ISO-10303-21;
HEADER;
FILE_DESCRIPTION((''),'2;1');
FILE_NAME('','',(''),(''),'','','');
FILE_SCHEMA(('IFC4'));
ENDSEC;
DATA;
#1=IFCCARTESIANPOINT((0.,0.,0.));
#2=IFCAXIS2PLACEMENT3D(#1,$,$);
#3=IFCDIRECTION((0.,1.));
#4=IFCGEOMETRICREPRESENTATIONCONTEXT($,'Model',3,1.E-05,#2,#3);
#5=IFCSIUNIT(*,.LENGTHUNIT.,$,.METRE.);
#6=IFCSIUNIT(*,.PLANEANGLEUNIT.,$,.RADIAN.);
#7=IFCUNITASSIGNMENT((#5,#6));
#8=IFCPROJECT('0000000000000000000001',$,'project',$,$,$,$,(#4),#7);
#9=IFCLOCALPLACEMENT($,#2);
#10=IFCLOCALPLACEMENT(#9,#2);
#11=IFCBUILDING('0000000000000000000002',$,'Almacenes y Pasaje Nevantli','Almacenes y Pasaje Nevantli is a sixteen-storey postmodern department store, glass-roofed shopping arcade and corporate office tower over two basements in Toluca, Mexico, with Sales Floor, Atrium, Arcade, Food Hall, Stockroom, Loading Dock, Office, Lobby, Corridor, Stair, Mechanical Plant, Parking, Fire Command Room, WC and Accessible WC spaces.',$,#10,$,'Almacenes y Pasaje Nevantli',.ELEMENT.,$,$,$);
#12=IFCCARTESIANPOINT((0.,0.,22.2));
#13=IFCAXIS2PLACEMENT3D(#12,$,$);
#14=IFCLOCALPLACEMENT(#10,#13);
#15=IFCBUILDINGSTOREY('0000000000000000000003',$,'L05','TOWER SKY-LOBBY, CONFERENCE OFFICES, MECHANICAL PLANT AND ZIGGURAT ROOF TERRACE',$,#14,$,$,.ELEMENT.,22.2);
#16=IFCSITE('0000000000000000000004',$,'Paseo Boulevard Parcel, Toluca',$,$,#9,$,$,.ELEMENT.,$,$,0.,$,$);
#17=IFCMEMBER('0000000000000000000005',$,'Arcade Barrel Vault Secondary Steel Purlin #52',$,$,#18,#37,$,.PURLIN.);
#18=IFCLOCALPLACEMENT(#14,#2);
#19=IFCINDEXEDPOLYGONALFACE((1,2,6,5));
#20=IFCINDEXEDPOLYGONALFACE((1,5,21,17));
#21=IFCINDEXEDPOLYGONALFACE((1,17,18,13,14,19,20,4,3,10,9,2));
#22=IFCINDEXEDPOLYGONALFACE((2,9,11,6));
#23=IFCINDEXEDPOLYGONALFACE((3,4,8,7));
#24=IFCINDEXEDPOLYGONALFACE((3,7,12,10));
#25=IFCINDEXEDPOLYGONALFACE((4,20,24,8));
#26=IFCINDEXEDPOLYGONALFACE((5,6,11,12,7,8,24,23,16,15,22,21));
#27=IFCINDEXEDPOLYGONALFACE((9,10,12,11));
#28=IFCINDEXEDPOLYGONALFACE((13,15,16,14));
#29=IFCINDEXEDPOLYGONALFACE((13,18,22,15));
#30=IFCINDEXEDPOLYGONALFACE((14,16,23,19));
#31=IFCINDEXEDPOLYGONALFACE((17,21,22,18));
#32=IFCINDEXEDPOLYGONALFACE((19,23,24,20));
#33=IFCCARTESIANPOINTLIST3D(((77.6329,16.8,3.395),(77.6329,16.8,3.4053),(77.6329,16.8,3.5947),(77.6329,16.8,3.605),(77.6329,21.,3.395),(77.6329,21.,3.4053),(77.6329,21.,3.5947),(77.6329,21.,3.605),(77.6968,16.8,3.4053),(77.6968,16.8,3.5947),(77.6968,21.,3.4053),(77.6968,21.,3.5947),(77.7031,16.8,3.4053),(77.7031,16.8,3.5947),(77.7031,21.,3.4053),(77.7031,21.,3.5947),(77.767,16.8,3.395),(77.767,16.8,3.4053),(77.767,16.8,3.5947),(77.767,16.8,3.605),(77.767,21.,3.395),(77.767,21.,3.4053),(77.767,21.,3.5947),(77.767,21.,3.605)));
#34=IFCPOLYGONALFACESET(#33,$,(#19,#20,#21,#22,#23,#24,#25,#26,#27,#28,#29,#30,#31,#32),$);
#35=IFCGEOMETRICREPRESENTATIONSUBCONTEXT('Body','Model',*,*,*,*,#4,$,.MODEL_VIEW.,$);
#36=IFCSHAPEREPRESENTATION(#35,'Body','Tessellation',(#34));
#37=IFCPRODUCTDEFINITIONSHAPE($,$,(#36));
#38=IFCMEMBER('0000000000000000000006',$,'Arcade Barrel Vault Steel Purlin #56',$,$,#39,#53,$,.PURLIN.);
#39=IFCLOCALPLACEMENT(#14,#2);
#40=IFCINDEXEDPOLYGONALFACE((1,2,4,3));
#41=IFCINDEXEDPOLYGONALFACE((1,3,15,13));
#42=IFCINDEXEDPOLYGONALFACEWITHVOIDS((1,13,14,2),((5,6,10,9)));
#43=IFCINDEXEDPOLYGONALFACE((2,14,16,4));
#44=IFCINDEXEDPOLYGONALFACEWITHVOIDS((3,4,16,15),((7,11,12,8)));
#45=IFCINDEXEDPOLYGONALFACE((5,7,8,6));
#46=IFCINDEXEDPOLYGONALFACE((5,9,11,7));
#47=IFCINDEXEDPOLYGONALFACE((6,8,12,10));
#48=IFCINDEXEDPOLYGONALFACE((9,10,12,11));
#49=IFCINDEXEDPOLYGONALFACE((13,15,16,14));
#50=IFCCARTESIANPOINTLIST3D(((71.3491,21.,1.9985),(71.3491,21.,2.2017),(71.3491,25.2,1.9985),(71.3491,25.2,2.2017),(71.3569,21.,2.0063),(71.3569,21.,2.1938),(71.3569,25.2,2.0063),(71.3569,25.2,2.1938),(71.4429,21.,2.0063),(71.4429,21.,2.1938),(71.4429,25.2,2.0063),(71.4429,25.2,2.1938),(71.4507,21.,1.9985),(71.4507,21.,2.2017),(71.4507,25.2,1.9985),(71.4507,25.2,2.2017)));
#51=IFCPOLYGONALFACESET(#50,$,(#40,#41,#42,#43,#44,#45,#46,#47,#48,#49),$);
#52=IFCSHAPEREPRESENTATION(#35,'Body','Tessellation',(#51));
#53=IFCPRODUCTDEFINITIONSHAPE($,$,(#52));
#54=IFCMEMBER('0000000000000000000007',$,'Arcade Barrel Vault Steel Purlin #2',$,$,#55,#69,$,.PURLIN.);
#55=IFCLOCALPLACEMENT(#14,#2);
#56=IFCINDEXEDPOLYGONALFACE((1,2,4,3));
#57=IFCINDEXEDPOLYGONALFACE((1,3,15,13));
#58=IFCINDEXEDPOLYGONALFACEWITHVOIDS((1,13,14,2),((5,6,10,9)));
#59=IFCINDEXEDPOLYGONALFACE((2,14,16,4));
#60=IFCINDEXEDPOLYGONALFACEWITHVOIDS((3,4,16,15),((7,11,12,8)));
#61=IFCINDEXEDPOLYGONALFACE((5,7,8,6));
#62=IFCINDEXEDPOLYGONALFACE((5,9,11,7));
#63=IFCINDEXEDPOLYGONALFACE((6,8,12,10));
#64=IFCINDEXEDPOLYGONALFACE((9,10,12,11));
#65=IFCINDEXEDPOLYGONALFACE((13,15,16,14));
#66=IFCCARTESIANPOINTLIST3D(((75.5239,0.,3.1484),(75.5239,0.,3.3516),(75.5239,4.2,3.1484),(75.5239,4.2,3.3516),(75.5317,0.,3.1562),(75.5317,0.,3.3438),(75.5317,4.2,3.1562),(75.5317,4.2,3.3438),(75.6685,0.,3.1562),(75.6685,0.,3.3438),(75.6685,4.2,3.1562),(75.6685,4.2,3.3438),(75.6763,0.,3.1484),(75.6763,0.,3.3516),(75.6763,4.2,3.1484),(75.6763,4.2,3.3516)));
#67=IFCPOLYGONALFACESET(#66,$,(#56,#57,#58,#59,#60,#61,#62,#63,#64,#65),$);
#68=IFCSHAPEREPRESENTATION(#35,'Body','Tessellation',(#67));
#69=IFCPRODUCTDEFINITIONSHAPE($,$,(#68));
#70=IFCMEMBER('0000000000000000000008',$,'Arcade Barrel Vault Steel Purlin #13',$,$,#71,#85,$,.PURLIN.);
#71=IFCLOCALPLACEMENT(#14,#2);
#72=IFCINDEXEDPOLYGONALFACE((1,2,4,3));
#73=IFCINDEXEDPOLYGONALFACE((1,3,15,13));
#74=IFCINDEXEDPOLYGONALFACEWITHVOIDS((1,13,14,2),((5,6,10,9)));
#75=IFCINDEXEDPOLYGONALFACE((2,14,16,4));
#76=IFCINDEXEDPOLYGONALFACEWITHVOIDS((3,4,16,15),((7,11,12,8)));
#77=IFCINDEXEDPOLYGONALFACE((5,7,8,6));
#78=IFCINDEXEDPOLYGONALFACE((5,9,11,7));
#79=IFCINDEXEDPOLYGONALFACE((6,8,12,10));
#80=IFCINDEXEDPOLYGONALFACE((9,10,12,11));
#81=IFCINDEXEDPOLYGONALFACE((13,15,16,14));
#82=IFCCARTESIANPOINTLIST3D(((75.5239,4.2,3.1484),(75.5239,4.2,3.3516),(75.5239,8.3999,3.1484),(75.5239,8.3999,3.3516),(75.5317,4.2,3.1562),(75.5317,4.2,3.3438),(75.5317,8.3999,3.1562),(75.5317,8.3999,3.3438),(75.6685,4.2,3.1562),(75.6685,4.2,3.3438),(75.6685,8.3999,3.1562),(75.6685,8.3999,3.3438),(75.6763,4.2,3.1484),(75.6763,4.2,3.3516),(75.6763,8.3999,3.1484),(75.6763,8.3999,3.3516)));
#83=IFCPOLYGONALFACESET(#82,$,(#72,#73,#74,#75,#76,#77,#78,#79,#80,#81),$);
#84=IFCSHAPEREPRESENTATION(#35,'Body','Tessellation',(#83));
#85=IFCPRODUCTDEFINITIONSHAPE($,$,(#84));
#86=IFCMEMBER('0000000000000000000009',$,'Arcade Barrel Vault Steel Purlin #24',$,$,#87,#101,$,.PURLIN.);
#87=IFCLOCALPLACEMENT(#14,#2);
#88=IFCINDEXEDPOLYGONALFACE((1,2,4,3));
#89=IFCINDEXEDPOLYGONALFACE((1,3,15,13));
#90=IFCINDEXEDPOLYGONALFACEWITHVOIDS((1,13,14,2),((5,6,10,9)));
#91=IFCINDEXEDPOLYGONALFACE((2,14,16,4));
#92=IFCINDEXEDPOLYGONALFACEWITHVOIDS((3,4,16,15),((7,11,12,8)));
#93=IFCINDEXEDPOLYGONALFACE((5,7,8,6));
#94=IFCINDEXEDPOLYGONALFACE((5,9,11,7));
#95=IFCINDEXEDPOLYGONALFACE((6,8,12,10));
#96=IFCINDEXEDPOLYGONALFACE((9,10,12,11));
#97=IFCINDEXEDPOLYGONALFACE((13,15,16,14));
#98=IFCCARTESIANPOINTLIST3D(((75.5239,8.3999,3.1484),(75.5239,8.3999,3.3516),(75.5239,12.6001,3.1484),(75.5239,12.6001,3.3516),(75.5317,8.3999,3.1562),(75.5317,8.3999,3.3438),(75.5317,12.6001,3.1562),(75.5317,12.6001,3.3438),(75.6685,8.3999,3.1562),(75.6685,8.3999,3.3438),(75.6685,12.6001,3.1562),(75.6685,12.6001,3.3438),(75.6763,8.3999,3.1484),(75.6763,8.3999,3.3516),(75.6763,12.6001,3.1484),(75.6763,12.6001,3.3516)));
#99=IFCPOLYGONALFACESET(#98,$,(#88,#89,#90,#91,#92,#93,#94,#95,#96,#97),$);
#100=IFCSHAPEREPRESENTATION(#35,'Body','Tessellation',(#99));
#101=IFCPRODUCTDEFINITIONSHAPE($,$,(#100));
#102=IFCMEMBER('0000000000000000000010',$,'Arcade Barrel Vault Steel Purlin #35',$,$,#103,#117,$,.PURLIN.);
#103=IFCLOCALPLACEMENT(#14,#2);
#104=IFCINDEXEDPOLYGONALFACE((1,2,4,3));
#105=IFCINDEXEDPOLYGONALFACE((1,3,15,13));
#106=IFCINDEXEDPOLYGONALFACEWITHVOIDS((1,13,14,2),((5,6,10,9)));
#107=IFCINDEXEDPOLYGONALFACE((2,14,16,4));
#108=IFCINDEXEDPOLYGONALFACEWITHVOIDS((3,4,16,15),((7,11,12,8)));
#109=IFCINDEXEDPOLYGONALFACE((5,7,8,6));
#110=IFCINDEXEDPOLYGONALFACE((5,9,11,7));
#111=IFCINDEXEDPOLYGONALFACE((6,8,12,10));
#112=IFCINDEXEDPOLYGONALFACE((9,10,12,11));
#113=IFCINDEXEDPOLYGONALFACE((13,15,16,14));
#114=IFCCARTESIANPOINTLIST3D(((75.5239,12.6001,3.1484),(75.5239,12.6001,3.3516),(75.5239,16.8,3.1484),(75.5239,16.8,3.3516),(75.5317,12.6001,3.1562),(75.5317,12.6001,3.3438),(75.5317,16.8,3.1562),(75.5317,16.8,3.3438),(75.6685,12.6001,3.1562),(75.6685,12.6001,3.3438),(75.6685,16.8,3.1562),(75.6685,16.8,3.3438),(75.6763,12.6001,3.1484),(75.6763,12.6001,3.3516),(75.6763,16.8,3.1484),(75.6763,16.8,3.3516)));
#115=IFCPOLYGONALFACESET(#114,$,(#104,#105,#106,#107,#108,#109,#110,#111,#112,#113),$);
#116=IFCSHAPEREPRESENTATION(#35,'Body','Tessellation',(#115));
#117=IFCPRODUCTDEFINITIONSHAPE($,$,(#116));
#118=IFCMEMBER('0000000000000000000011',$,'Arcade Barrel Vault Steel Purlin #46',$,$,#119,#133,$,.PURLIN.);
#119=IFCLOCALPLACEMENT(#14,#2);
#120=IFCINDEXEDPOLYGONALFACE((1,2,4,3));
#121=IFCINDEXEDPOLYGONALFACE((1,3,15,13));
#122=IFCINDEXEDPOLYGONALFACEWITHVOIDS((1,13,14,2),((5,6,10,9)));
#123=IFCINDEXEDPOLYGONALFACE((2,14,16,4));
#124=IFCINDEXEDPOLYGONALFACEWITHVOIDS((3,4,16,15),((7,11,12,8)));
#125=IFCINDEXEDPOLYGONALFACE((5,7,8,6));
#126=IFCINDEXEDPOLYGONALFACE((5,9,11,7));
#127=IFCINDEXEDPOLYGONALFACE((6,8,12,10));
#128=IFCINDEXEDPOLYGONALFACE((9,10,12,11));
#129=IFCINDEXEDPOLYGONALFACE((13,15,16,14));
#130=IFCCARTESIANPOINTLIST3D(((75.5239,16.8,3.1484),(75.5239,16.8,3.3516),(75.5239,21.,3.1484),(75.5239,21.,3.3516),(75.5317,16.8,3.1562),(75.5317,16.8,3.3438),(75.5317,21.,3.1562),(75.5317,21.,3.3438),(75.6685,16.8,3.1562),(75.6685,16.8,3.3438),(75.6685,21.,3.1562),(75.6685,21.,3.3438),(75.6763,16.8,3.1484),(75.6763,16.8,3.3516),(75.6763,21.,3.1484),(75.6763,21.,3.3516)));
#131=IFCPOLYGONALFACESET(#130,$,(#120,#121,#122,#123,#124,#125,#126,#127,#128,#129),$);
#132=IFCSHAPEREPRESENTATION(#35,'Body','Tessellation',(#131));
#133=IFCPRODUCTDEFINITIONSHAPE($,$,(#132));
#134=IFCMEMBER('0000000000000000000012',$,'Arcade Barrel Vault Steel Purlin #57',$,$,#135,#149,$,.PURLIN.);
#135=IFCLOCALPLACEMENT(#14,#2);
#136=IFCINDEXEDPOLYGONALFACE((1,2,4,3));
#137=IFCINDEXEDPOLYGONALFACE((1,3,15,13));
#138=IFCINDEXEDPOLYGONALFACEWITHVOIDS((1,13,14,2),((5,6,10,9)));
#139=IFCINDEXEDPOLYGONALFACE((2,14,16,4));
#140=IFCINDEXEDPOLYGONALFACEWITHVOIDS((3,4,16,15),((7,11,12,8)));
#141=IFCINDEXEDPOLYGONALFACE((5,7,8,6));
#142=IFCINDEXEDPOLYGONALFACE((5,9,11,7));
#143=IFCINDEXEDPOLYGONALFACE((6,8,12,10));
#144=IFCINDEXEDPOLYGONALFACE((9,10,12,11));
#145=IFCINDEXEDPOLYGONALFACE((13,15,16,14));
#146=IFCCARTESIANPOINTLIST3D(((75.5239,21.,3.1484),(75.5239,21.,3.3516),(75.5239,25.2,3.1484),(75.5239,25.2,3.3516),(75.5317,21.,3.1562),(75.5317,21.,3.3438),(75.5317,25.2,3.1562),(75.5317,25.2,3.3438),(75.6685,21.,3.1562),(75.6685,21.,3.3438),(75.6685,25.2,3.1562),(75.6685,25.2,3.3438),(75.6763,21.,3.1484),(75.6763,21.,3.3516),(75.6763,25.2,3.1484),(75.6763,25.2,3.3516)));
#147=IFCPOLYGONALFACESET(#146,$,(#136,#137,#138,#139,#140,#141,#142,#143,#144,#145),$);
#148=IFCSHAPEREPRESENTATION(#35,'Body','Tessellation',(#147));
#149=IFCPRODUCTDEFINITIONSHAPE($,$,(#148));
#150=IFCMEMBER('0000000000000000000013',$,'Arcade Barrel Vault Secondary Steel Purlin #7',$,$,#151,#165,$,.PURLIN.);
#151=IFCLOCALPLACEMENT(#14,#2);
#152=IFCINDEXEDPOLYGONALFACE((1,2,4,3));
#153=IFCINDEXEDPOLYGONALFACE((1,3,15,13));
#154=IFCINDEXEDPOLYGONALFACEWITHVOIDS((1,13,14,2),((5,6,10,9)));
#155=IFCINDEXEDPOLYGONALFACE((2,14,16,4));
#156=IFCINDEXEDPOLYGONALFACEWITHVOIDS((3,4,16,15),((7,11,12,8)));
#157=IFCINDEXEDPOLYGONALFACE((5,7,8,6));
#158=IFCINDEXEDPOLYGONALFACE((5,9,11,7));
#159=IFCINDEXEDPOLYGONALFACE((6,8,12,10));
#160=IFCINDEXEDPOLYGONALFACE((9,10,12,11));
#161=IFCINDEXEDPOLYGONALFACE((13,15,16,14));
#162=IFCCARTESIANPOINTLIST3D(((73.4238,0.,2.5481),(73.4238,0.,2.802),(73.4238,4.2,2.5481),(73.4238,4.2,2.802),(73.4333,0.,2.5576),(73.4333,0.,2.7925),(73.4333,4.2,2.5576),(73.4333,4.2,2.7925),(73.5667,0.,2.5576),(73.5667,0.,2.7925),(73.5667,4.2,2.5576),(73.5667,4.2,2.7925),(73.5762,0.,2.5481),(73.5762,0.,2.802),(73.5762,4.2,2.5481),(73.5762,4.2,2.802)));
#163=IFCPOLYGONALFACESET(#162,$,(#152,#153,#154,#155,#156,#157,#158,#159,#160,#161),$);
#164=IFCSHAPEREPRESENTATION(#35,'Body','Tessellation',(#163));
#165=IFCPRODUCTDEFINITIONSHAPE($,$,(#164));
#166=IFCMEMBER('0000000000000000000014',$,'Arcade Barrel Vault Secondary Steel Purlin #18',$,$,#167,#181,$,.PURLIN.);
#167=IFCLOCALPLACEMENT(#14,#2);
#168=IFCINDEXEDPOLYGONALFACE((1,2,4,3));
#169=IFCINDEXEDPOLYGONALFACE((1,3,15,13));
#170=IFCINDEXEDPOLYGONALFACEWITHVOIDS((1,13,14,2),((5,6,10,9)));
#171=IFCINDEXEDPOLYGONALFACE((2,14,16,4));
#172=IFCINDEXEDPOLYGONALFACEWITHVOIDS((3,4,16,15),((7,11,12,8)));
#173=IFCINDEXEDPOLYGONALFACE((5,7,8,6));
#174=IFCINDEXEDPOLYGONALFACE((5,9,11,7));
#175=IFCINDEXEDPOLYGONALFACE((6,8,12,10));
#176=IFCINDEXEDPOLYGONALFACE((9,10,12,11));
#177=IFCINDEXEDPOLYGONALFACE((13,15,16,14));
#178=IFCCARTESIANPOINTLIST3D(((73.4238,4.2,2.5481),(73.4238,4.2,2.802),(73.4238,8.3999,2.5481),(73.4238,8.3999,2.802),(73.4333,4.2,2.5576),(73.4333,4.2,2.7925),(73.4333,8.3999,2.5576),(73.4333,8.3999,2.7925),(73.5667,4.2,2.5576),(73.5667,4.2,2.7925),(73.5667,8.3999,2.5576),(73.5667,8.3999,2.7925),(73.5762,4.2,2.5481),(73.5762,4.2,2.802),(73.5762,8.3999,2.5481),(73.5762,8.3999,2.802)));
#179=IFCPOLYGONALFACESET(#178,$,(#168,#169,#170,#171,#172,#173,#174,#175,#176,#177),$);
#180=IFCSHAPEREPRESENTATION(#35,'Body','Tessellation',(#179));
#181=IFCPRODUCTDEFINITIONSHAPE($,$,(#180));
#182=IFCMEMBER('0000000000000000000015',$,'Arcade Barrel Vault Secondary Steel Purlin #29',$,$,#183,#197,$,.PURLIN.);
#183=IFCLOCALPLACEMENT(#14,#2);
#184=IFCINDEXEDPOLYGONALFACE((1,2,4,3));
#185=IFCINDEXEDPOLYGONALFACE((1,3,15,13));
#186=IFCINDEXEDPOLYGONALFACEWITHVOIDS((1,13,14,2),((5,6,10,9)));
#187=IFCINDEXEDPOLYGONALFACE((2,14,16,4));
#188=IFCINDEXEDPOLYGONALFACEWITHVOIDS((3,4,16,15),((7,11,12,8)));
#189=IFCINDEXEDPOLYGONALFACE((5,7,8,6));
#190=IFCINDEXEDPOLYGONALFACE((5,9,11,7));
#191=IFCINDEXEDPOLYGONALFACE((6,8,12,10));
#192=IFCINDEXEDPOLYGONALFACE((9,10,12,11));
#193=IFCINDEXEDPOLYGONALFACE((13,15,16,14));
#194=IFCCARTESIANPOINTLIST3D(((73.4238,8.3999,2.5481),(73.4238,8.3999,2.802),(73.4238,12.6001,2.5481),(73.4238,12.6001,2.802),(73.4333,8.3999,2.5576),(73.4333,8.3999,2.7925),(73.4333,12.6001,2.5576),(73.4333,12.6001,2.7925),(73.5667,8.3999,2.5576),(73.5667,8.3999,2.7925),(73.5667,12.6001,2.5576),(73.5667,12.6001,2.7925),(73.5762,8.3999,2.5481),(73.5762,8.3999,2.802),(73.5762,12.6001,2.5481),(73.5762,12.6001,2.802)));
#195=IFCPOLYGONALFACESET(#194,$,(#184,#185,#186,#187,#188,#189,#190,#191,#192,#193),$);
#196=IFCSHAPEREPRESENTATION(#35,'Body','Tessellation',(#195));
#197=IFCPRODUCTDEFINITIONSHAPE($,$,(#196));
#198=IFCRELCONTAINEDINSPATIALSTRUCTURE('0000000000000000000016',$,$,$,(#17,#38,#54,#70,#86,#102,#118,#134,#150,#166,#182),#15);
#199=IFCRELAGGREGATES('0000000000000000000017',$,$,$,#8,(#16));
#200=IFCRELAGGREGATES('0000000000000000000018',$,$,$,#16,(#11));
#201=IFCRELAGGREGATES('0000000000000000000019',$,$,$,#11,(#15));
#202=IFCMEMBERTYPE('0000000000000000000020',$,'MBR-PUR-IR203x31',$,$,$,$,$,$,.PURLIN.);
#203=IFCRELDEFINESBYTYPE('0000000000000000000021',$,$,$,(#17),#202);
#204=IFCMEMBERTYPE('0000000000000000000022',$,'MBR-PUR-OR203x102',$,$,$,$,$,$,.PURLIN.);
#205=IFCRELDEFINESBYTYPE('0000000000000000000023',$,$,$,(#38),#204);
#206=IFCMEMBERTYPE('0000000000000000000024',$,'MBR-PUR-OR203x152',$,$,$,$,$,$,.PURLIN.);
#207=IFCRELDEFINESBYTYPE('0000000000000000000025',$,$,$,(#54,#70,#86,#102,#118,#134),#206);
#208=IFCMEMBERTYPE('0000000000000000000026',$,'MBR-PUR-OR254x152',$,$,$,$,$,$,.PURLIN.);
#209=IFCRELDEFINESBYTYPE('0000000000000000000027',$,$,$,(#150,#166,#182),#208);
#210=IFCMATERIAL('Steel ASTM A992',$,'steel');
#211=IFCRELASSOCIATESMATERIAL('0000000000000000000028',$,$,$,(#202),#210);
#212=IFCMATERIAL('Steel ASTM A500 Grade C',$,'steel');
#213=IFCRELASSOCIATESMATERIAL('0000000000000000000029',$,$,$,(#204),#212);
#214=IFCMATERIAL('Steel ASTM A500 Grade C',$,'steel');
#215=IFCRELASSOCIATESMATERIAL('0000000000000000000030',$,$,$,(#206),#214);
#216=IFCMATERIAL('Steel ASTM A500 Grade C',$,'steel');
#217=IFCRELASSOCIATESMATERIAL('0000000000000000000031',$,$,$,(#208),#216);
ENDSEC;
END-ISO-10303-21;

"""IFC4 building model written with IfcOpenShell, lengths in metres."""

from ifc_helpers import new_model, si_unit, direction, frame, origin, origin_2d, place, context, subcontext, project, spatial, hollow_rectangle, i_section, extrude, material, material_profile, profile_set, type_object, element, save


model = new_model("IFC4")

# Units and contexts
model_context = context("Model", 3, precision=1e-05, world=origin(), true_north=direction((0.0, 1.0)))
body_context = subcontext(model_context, "Body", "Model", "MODEL_VIEW")
ifc_project = project(units=[si_unit("LENGTHUNIT", "METRE"), si_unit("PLANEANGLEUNIT", "RADIAN")], contexts=[model_context])

# Site, building, storey
site_placement = place(None, origin())
site = spatial("IfcSite", under=ifc_project, at=site_placement, Name="Paseo Boulevard Parcel, Toluca", CompositionType="ELEMENT", RefElevation=0.0)
building_placement = place(site_placement, origin())
building = spatial("IfcBuilding", under=site, at=building_placement, Name="Almacenes y Pasaje Nevantli", Description="Almacenes y Pasaje Nevantli is a sixteen-storey postmodern department store, glass-roofed shopping arcade and corporate office tower over two basements in Toluca, Mexico, with Sales Floor, Atrium, Arcade, Food Hall, Stockroom, Loading Dock, Office, Lobby, Corridor, Stair, Mechanical Plant, Parking, Fire Command Room, WC and Accessible WC spaces.", LongName="Almacenes y Pasaje Nevantli", CompositionType="ELEMENT")
storey_placement = place(building_placement, frame((0.0, 0.0, 22.2)))
storey = spatial("IfcBuildingStorey", under=building, at=storey_placement, Name="L05", Description="TOWER SKY-LOBBY, CONFERENCE OFFICES, MECHANICAL PLANT AND ZIGGURAT ROOF TERRACE", CompositionType="ELEMENT", Elevation=22.2)

# Members
ifc_material_1 = material(Name="Steel ASTM A992", Category="steel")
ifc_material_profile_1 = material_profile(ifc_material_1, i_section(OverallWidth=0.134, OverallDepth=0.21, WebThickness=0.0063, FlangeThickness=0.0103, at=origin_2d()), Name="IR 203x31.3")
ifc_profile_set_1 = profile_set([ifc_material_profile_1], Name="Steel ASTM A992")
member_type_1 = type_object("IfcMemberType", Name="MBR-PUR-IR203x31", PredefinedType="PURLIN", material=ifc_profile_set_1)
for number, where, z_axis, x_axis, name in (
    (1, (77.7, 16.8, 3.5), (0.0, 1.0, 0.0), (-1.0, 0.0, 0.0), "Arcade Barrel Vault Secondary Steel Purlin #52"),
):
    element("IfcMember", number, at=place(storey_placement, frame(where, z_axis=z_axis, x_axis=x_axis)), inside=storey, type_object=member_type_1, Name=name, PredefinedType="PURLIN", context=body_context, shape_type="SweptSolid", body=[
        extrude(i_section(OverallWidth=0.134, OverallDepth=0.21, WebThickness=0.0063, FlangeThickness=0.0103, at=origin_2d()), origin(), (0.0, 0.0, 1.0), 4.2),
    ])
ifc_material_2 = material(Name="Steel ASTM A500 Grade C", Category="steel")
ifc_material_profile_2 = material_profile(ifc_material_2, hollow_rectangle(XDim=0.1016, YDim=0.2031, WallThickness=0.0078, at=origin_2d()), Name="OR 203x102x7.9")
ifc_profile_set_2 = profile_set([ifc_material_profile_2], Name="Steel ASTM A500 Grade C")
member_type_2 = type_object("IfcMemberType", Name="MBR-PUR-OR203x102", PredefinedType="PURLIN", material=ifc_profile_set_2)
member_1_placement = place(storey_placement, frame((71.3999, 21.0, 2.1001), z_axis=(0.0, 1.0, 0.0), x_axis=(-1.0, 0.0, 0.0)))
element("IfcMember", 2, at=member_1_placement, inside=storey, type_object=member_type_2, Name="Arcade Barrel Vault Steel Purlin #56", PredefinedType="PURLIN", context=body_context, shape_type="SweptSolid", body=[
    extrude(hollow_rectangle(XDim=0.1016, YDim=0.2031, WallThickness=0.0078, at=origin_2d()), origin(), (0.0, 0.0, 1.0), 4.2),
])
ifc_material_3 = material(Name="Steel ASTM A500 Grade C", Category="steel")
ifc_material_profile_3 = material_profile(ifc_material_3, hollow_rectangle(XDim=0.1523, YDim=0.2031, WallThickness=0.0078, at=origin_2d()), Name="OR 203x152x7.9")
ifc_profile_set_3 = profile_set([ifc_material_profile_3], Name="Steel ASTM A500 Grade C")
member_type_3 = type_object("IfcMemberType", Name="MBR-PUR-OR203x152", PredefinedType="PURLIN", material=ifc_profile_set_3)
for number, where, z_axis, x_axis, name in (
    (3, (75.6001, 0.0, 3.25), (0.0, 1.0, 0.0), (-1.0, 0.0, 0.0), "Arcade Barrel Vault Steel Purlin #2"),
    (4, (75.6001, 4.2, 3.25), (0.0, 1.0, 0.0), (-1.0, 0.0, 0.0), "Arcade Barrel Vault Steel Purlin #13"),
):
    element("IfcMember", number, at=place(storey_placement, frame(where, z_axis=z_axis, x_axis=x_axis)), inside=storey, type_object=member_type_3, Name=name, PredefinedType="PURLIN", context=body_context, shape_type="SweptSolid", body=[
        extrude(hollow_rectangle(XDim=0.1523, YDim=0.2031, WallThickness=0.0078, at=origin_2d()), origin(), (0.0, 0.0, 1.0), 4.2),
    ])
member_2_placement = place(storey_placement, frame((75.6001, 8.3999, 3.25), z_axis=(0.0, 1.0, 0.0), x_axis=(-1.0, 0.0, 0.0)))
element("IfcMember", 5, at=member_2_placement, inside=storey, type_object=member_type_3, Name="Arcade Barrel Vault Steel Purlin #24", PredefinedType="PURLIN", context=body_context, shape_type="SweptSolid", body=[
    extrude(hollow_rectangle(XDim=0.1523, YDim=0.2031, WallThickness=0.0078, at=origin_2d()), origin(), (0.0, 0.0, 1.0), 4.2002),
])
for number, where, z_axis, x_axis, name in (
    (6, (75.6001, 12.6001, 3.25), (0.0, 1.0, 0.0), (-1.0, 0.0, 0.0), "Arcade Barrel Vault Steel Purlin #35"),
    (7, (75.6001, 16.8, 3.25), (0.0, 1.0, 0.0), (-1.0, 0.0, 0.0), "Arcade Barrel Vault Steel Purlin #46"),
    (8, (75.6001, 21.0, 3.25), (0.0, 1.0, 0.0), (-1.0, 0.0, 0.0), "Arcade Barrel Vault Steel Purlin #57"),
):
    element("IfcMember", number, at=place(storey_placement, frame(where, z_axis=z_axis, x_axis=x_axis)), inside=storey, type_object=member_type_3, Name=name, PredefinedType="PURLIN", context=body_context, shape_type="SweptSolid", body=[
        extrude(hollow_rectangle(XDim=0.1523, YDim=0.2031, WallThickness=0.0078, at=origin_2d()), origin(), (0.0, 0.0, 1.0), 4.2),
    ])
ifc_material_4 = material(Name="Steel ASTM A500 Grade C", Category="steel")
ifc_material_profile_4 = material_profile(ifc_material_4, hollow_rectangle(XDim=0.1523, YDim=0.2539, WallThickness=0.0095, at=origin_2d()), Name="OR 254x152x9.5")
ifc_profile_set_4 = profile_set([ifc_material_profile_4], Name="Steel ASTM A500 Grade C")
member_type_4 = type_object("IfcMemberType", Name="MBR-PUR-OR254x152", PredefinedType="PURLIN", material=ifc_profile_set_4)
for number, where, z_axis, x_axis, name in (
    (9, (73.5, 0.0, 2.675), (0.0, 1.0, 0.0), (-1.0, 0.0, 0.0), "Arcade Barrel Vault Secondary Steel Purlin #7"),
    (10, (73.5, 4.2, 2.675), (0.0, 1.0, 0.0), (-1.0, 0.0, 0.0), "Arcade Barrel Vault Secondary Steel Purlin #18"),
):
    element("IfcMember", number, at=place(storey_placement, frame(where, z_axis=z_axis, x_axis=x_axis)), inside=storey, type_object=member_type_4, Name=name, PredefinedType="PURLIN", context=body_context, shape_type="SweptSolid", body=[
        extrude(hollow_rectangle(XDim=0.1523, YDim=0.2539, WallThickness=0.0095, at=origin_2d()), origin(), (0.0, 0.0, 1.0), 4.2),
    ])
member_3_placement = place(storey_placement, frame((73.5, 8.3999, 2.675), z_axis=(0.0, 1.0, 0.0), x_axis=(-1.0, 0.0, 0.0)))
element("IfcMember", 11, at=member_3_placement, inside=storey, type_object=member_type_4, Name="Arcade Barrel Vault Secondary Steel Purlin #29", PredefinedType="PURLIN", context=body_context, shape_type="SweptSolid", body=[
    extrude(hollow_rectangle(XDim=0.1523, YDim=0.2539, WallThickness=0.0095, at=origin_2d()), origin(), (0.0, 0.0, 1.0), 4.2002),
])

save(model, "model.ifc")
